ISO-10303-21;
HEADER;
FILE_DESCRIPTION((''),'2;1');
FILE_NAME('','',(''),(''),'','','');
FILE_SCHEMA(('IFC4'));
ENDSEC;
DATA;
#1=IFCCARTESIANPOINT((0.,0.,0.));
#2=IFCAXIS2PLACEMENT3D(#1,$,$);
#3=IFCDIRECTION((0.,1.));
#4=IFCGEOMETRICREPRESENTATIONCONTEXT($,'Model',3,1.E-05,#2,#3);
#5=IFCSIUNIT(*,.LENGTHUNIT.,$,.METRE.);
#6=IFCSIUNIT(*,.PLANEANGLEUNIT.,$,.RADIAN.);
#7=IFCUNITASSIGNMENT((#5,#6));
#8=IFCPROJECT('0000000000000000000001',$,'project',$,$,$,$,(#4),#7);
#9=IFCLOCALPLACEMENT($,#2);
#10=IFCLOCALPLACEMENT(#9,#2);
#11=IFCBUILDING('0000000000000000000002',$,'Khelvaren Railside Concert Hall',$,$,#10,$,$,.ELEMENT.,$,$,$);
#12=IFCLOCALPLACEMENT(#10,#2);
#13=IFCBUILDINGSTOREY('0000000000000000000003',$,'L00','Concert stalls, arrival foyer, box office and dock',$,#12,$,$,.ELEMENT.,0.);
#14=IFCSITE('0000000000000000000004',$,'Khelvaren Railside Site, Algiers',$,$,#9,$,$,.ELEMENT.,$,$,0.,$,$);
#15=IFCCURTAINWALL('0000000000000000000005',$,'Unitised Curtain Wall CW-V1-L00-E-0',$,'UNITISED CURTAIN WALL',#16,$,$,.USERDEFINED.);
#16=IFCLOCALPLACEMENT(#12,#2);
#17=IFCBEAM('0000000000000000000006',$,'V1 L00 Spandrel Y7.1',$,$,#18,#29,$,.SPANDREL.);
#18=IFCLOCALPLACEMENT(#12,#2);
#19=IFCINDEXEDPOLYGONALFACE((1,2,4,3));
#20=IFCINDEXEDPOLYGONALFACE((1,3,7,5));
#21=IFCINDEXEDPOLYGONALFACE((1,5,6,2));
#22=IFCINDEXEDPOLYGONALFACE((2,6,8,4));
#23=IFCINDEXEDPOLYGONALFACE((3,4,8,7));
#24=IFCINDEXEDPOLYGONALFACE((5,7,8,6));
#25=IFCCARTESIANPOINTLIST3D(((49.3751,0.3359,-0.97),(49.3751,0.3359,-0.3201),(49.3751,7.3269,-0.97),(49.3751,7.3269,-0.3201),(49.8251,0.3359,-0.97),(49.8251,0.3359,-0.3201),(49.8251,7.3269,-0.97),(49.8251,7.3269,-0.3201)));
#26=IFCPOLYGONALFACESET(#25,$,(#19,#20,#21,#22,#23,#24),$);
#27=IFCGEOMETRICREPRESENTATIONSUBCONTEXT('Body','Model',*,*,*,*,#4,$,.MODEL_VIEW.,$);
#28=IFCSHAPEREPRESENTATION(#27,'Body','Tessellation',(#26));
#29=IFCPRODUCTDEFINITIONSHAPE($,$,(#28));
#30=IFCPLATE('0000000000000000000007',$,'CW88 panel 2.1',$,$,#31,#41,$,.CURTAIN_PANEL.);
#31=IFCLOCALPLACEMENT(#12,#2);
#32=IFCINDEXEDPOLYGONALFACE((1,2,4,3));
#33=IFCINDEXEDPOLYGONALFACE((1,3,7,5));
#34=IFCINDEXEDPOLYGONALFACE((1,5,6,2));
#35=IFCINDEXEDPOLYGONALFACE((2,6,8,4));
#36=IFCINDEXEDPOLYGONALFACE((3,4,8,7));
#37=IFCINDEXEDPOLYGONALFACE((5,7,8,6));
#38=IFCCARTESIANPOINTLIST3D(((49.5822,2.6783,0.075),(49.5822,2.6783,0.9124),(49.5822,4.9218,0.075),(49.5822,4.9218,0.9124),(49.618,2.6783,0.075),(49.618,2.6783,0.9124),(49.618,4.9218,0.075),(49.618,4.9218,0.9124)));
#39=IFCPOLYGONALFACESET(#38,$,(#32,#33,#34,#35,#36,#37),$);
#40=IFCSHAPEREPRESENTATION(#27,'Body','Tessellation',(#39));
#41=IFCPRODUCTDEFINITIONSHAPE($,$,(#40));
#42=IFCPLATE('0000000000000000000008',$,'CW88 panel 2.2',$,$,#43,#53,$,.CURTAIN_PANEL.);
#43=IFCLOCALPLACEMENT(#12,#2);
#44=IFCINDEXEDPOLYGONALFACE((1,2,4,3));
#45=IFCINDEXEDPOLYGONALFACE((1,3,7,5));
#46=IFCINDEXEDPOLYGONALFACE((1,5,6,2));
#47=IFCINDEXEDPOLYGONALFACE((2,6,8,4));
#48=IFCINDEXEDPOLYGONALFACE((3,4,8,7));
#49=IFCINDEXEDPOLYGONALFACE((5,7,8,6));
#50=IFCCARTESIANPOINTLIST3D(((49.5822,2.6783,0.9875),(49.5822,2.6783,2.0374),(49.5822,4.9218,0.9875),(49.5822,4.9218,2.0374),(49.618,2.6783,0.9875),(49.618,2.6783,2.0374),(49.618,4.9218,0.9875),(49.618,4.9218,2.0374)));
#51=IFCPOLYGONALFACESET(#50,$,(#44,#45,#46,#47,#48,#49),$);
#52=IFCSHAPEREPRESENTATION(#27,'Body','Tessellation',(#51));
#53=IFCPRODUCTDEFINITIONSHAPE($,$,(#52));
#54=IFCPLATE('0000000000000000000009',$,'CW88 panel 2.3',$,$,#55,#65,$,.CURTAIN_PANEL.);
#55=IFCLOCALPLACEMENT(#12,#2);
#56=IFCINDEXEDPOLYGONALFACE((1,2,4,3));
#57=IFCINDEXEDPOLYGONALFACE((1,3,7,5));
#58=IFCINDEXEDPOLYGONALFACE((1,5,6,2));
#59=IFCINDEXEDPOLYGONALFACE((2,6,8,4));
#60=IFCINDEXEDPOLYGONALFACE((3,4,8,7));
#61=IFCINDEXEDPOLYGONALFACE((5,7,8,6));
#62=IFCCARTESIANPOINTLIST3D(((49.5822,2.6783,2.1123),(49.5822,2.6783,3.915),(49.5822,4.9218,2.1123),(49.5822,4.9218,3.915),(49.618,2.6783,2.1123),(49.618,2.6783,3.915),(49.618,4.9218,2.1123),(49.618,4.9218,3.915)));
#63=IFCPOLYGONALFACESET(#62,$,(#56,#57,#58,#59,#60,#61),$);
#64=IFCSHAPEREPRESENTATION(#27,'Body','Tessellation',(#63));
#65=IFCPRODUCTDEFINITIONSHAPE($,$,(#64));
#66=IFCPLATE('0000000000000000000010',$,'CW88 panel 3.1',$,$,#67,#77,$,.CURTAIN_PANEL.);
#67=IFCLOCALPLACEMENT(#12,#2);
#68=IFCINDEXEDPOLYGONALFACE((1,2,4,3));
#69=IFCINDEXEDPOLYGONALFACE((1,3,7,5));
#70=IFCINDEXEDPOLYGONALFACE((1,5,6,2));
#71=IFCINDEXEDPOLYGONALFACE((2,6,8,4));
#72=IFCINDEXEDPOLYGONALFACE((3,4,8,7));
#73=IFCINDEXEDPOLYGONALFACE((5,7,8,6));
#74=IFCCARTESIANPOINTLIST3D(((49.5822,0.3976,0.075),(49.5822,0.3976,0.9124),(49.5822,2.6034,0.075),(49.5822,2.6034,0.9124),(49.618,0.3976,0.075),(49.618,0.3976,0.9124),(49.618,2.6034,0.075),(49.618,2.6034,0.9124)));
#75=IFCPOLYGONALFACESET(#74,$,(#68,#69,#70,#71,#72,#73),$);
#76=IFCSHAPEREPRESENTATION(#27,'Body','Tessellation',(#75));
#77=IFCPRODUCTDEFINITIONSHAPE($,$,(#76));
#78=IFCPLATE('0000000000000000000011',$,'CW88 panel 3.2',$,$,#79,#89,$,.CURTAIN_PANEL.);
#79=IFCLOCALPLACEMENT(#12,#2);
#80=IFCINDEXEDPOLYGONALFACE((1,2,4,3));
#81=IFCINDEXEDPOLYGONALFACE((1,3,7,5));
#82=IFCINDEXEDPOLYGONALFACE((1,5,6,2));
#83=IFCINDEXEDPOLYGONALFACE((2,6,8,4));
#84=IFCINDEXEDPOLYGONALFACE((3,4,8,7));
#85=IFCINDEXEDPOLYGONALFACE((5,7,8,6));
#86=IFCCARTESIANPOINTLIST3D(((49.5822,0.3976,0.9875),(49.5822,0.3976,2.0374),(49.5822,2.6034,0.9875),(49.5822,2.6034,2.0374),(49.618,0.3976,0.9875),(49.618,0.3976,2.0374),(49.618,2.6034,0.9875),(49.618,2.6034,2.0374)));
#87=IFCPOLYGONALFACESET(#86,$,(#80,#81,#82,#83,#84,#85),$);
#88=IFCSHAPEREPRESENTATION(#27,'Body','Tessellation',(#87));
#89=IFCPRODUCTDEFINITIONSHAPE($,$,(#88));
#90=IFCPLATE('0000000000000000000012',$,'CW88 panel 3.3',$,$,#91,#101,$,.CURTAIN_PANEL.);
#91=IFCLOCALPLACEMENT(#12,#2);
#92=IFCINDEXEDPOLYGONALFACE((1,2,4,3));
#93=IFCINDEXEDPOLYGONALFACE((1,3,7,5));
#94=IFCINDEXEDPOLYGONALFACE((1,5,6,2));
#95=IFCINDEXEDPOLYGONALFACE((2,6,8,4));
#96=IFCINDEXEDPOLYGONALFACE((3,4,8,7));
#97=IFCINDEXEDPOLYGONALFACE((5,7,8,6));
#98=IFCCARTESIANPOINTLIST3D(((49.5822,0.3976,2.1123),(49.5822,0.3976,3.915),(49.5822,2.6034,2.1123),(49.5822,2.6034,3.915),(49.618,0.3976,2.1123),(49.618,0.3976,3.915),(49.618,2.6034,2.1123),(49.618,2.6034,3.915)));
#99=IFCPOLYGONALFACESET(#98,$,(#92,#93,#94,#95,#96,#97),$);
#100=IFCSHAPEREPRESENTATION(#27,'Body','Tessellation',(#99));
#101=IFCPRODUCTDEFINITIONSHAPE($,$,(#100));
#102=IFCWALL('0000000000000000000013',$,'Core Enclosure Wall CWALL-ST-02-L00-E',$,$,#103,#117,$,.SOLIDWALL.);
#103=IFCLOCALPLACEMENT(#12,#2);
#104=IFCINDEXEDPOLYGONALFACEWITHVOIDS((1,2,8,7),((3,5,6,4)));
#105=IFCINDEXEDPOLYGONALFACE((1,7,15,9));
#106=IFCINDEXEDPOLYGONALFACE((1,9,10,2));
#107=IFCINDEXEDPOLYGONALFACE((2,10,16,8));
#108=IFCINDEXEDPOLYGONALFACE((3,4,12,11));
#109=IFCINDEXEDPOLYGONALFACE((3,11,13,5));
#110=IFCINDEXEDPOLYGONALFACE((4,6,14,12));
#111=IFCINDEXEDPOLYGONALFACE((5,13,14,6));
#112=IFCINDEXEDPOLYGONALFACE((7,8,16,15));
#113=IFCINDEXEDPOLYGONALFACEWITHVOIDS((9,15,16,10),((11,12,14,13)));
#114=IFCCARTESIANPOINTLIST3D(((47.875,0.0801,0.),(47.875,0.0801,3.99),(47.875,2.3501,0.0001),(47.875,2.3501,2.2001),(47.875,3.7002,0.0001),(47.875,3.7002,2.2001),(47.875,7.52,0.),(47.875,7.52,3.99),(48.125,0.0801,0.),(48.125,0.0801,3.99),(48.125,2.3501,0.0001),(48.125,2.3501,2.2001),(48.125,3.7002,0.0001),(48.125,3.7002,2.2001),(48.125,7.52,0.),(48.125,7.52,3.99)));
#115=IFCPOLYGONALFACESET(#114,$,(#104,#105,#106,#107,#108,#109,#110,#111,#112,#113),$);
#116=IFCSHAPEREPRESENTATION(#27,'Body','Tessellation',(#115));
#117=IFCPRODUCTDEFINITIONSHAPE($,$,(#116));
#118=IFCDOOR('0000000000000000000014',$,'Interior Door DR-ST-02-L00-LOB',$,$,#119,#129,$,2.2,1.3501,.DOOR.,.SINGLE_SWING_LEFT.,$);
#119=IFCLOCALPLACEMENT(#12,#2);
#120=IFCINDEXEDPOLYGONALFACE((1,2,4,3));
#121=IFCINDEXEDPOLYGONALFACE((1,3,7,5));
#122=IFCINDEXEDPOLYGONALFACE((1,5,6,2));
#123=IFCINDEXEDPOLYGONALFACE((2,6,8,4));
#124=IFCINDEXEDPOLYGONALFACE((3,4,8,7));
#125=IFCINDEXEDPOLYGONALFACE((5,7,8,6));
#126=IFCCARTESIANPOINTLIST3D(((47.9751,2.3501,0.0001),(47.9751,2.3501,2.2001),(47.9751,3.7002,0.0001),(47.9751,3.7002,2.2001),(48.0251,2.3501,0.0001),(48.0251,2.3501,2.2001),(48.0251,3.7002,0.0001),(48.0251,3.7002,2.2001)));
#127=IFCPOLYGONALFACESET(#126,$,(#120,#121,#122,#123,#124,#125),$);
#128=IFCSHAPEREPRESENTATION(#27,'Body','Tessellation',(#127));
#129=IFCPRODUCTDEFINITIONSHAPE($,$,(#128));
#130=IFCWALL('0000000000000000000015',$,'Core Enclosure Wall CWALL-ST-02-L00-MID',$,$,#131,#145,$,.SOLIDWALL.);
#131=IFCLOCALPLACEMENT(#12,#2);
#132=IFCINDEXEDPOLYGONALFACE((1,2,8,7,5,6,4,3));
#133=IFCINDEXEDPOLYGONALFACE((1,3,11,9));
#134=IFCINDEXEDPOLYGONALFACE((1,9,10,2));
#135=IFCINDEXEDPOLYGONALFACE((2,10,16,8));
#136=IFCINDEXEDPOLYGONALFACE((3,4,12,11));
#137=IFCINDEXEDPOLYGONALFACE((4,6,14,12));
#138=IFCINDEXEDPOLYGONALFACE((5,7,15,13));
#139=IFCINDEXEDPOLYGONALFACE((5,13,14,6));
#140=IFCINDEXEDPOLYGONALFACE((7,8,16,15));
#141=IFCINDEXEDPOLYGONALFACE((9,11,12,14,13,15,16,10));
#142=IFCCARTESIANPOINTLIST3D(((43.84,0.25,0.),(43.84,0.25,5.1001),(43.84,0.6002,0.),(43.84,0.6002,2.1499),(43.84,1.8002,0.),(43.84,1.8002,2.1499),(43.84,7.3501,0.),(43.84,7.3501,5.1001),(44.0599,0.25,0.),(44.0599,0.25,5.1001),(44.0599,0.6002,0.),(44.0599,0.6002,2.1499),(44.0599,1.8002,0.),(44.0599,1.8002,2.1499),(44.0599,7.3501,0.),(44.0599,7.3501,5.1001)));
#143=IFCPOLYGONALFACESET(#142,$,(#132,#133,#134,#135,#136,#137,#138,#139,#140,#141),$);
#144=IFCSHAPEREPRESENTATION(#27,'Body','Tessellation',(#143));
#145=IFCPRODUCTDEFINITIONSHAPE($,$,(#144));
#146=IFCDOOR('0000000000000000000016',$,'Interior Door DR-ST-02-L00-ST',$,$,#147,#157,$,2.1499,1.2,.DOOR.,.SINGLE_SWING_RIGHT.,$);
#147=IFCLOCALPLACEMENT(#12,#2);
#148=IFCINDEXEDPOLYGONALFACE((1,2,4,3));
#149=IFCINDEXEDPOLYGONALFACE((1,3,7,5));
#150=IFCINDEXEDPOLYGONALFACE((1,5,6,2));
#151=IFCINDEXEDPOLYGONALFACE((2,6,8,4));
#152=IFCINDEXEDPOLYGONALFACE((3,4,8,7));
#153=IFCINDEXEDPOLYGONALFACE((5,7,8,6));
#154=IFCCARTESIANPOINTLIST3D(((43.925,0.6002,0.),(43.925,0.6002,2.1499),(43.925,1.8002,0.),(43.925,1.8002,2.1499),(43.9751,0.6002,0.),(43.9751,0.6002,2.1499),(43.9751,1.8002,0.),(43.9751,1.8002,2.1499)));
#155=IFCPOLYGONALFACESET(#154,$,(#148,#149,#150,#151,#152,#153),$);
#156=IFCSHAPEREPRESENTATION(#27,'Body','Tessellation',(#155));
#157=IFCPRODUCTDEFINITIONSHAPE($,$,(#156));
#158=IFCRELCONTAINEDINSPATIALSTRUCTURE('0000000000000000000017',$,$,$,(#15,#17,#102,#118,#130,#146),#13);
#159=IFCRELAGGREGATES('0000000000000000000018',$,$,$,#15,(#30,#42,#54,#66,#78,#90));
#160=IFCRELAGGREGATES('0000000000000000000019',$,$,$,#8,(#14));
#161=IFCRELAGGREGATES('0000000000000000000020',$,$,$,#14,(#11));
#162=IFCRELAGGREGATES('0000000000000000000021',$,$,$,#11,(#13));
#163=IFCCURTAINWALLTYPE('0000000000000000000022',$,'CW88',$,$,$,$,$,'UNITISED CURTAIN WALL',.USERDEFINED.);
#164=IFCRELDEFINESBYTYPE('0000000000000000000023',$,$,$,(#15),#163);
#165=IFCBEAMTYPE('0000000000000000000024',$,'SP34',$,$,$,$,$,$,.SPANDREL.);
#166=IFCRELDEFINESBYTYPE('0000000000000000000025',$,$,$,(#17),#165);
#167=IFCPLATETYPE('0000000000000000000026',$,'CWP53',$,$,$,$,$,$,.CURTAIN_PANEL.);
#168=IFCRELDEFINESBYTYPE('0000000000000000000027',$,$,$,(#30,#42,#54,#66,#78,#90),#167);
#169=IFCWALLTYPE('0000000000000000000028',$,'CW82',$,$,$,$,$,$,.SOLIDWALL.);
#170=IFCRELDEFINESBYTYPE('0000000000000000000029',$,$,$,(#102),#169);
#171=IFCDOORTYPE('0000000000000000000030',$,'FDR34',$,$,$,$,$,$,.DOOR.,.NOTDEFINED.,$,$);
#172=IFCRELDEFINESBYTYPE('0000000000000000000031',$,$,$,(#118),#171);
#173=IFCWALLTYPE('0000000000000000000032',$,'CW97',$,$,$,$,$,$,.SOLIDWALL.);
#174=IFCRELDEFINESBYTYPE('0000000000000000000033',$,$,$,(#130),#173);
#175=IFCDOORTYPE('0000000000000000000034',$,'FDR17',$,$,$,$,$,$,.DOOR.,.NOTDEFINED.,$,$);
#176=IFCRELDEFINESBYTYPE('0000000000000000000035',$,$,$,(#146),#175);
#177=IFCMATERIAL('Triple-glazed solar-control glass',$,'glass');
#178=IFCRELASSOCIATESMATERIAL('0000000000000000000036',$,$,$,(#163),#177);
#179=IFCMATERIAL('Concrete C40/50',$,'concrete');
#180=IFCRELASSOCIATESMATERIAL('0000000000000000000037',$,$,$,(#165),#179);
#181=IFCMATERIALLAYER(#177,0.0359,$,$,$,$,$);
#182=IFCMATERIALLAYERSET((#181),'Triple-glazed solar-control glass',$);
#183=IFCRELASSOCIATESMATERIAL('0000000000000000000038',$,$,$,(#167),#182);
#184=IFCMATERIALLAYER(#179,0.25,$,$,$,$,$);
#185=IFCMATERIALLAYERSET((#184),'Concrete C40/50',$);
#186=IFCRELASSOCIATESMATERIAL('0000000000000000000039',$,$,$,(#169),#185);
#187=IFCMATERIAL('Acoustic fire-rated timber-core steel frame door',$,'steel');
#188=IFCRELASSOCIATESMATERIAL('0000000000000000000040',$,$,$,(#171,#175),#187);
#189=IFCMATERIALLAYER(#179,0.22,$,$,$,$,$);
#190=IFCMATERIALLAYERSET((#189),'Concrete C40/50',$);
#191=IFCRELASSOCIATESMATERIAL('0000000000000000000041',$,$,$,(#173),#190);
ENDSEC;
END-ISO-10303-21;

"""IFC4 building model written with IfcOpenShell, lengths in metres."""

from ifc_helpers import new_model, si_unit, direction, frame, frame_2d, origin, origin_2d, place, context, subcontext, project, spatial, rectangle, extrude, material, layer, layer_set, material_profile, profile_set, type_object, element, fill, aggregate, save


model = new_model("IFC4")

# Units and contexts
model_context = context("Model", 3, precision=1e-05, world=origin(), true_north=direction((0.0, 1.0)))
body_context = subcontext(model_context, "Body", "Model", "MODEL_VIEW")
ifc_project = project(units=[si_unit("LENGTHUNIT", "METRE"), si_unit("PLANEANGLEUNIT", "RADIAN")], contexts=[model_context])

# Site, building, storey
site_placement = place(None, origin())
site = spatial("IfcSite", under=ifc_project, at=site_placement, Name="Khelvaren Railside Site, Algiers", CompositionType="ELEMENT", RefElevation=0.0)
building_placement = place(site_placement, origin())
building = spatial("IfcBuilding", under=site, at=building_placement, Name="Khelvaren Railside Concert Hall", CompositionType="ELEMENT")
storey_placement = place(building_placement, origin())
storey = spatial("IfcBuildingStorey", under=building, at=storey_placement, Name="L00", Description="Concert stalls, arrival foyer, box office and dock", CompositionType="ELEMENT", Elevation=0.0)

# Curtain wall
ifc_material_1 = material(Name="Triple-glazed solar-control glass", Category="glass")
curtain_wall_type = type_object("IfcCurtainWallType", Name="CW88", ElementType="UNITISED CURTAIN WALL", PredefinedType="USERDEFINED", material=ifc_material_1)
curtain_wall_placement = place(storey_placement, origin())
curtain_wall = element("IfcCurtainWall", 1, at=curtain_wall_placement, inside=storey, type_object=curtain_wall_type, Name="Unitised Curtain Wall CW-V1-L00-E-0", ObjectType="UNITISED CURTAIN WALL", PredefinedType="USERDEFINED")

# Beam
ifc_material_2 = material(Name="Concrete C40/50", Category="concrete")
ifc_material_profile_1 = material_profile(ifc_material_2, rectangle(XDim=0.45, YDim=0.6499, at=origin_2d()), Name="RCB 450x650")
ifc_profile_set_1 = profile_set([ifc_material_profile_1], Name="Concrete C40/50")
beam_type_1 = type_object("IfcBeamType", Name="SP34", PredefinedType="SPANDREL", material=ifc_profile_set_1)
beam_1_placement = place(storey_placement, frame((49.6001, 0.3359, -0.645), z_axis=(0.0, 1.0, 0.0), x_axis=(-1.0, 0.0, 0.0)))
element("IfcBeam", 2, at=beam_1_placement, inside=storey, type_object=beam_type_1, Name="V1 L00 Spandrel Y7.1", PredefinedType="SPANDREL", context=body_context, shape_type="SweptSolid", body=[
    extrude(rectangle(XDim=0.45, YDim=0.6499, at=origin_2d()), origin(), (0.0, 0.0, 1.0), 6.991),
])

# Plates
ifc_layer_1 = layer(ifc_material_1, 0.0359)
ifc_layer_set_1 = layer_set([ifc_layer_1], Name="Triple-glazed solar-control glass")
plate_type = type_object("IfcPlateType", Name="CWP53", PredefinedType="CURTAIN_PANEL", material=ifc_layer_set_1)
plate_1_placement = place(storey_placement, frame((49.6001, 3.8, 0.075), z_axis=(0.0, 0.0, 1.0), x_axis=(0.0, -1.0, 0.0)))
plate_1 = element("IfcPlate", 3, at=plate_1_placement, type_object=plate_type, Name="CW88 panel 2.1", PredefinedType="CURTAIN_PANEL", context=body_context, shape_type="SweptSolid", body=[
    extrude(rectangle(XDim=2.2434, YDim=0.0359, at=origin_2d()), origin(), (0.0, 0.0, 1.0), 0.8374),
])
plate_2_placement = place(storey_placement, frame((49.6001, 3.8, 0.9875), z_axis=(0.0, 0.0, 1.0), x_axis=(0.0, -1.0, 0.0)))
plate_2 = element("IfcPlate", 4, at=plate_2_placement, type_object=plate_type, Name="CW88 panel 2.2", PredefinedType="CURTAIN_PANEL", context=body_context, shape_type="SweptSolid", body=[
    extrude(rectangle(XDim=2.2434, YDim=0.0359, at=origin_2d()), origin(), (0.0, 0.0, 1.0), 1.0498),
])
plate_3_placement = place(storey_placement, frame((49.6001, 3.8, 2.1123), z_axis=(0.0, 0.0, 1.0), x_axis=(0.0, -1.0, 0.0)))
plate_3 = element("IfcPlate", 5, at=plate_3_placement, type_object=plate_type, Name="CW88 panel 2.3", PredefinedType="CURTAIN_PANEL", context=body_context, shape_type="SweptSolid", body=[
    extrude(rectangle(XDim=2.2434, YDim=0.0359, at=origin_2d()), origin(), (0.0, 0.0, 1.0), 1.8027),
])
plate_4_placement = place(storey_placement, frame((49.6001, 1.5005, 0.075), z_axis=(0.0, 0.0, 1.0), x_axis=(0.0, -1.0, 0.0)))
plate_4 = element("IfcPlate", 6, at=plate_4_placement, type_object=plate_type, Name="CW88 panel 3.1", PredefinedType="CURTAIN_PANEL", context=body_context, shape_type="SweptSolid", body=[
    extrude(rectangle(XDim=2.2058, YDim=0.0359, at=origin_2d()), origin(), (0.0, 0.0, 1.0), 0.8374),
])
plate_5_placement = place(storey_placement, frame((49.6001, 1.5005, 0.9875), z_axis=(0.0, 0.0, 1.0), x_axis=(0.0, -1.0, 0.0)))
plate_5 = element("IfcPlate", 7, at=plate_5_placement, type_object=plate_type, Name="CW88 panel 3.2", PredefinedType="CURTAIN_PANEL", context=body_context, shape_type="SweptSolid", body=[
    extrude(rectangle(XDim=2.2058, YDim=0.0359, at=origin_2d()), origin(), (0.0, 0.0, 1.0), 1.0498),
])
plate_6_placement = place(storey_placement, frame((49.6001, 1.5005, 2.1123), z_axis=(0.0, 0.0, 1.0), x_axis=(0.0, -1.0, 0.0)))
plate_6 = element("IfcPlate", 8, at=plate_6_placement, type_object=plate_type, Name="CW88 panel 3.3", PredefinedType="CURTAIN_PANEL", context=body_context, shape_type="SweptSolid", body=[
    extrude(rectangle(XDim=2.2058, YDim=0.0359, at=origin_2d()), origin(), (0.0, 0.0, 1.0), 1.8027),
])
aggregate(curtain_wall, [plate_1, plate_2, plate_3, plate_4, plate_5, plate_6])

# Walls, openings, doors
ifc_layer_2 = layer(ifc_material_2, 0.25)
ifc_layer_set_2 = layer_set([ifc_layer_2], Name="Concrete C40/50")
wall_type_1 = type_object("IfcWallType", Name="CW82", PredefinedType="SOLIDWALL", material=ifc_layer_set_2)
wall_1_placement = place(storey_placement, frame((48.0, 0.0801, 0.0), z_axis=(0.0, 0.0, 1.0), x_axis=(0.0, 1.0, 0.0)))
wall_1 = element("IfcWall", 9, at=wall_1_placement, inside=storey, type_object=wall_type_1, Name="Core Enclosure Wall CWALL-ST-02-L00-E", PredefinedType="SOLIDWALL", context=body_context, shape_type="SweptSolid", body=[
    extrude(rectangle(XDim=7.4399, YDim=0.25, at=frame_2d((3.72, 0.0))), origin(), (0.0, 0.0, 1.0), 3.99),
])
opening_1_placement = place(wall_1_placement, frame((2.27, 0.0, 0.0)))
opening_1 = element("IfcOpeningElement", 10, at=opening_1_placement, cuts=wall_1, PredefinedType="OPENING", context=body_context, shape_type="SweptSolid", body=[
    extrude(rectangle(XDim=1.3501, YDim=2.2, at=frame_2d((0.675, 1.1001))), frame((0.0, 0.135, 0.0), z_axis=(0.0, -1.0, 0.0), x_axis=(1.0, 0.0, 0.0)), (0.0, 0.0, 1.0), 0.27),
])
ifc_material_3 = material(Name="Acoustic fire-rated timber-core steel frame door", Category="steel")
door_type_1 = type_object("IfcDoorType", Name="FDR34", OperationType="NOTDEFINED", PredefinedType="DOOR", material=ifc_material_3)
door_1_placement = place(opening_1_placement, origin())
door_1 = element("IfcDoor", 11, at=door_1_placement, inside=storey, type_object=door_type_1, Name="Interior Door DR-ST-02-L00-LOB", OperationType="SINGLE_SWING_LEFT", OverallHeight=2.2, OverallWidth=1.3501, PredefinedType="DOOR", context=body_context, shape_type="SweptSolid", body=[
    extrude(rectangle(XDim=1.3501, YDim=2.2, at=frame_2d((0.675, 1.1001))), frame((0.0, 0.0249, 0.0), z_axis=(0.0, -1.0, 0.0), x_axis=(1.0, 0.0, 0.0)), (0.0, 0.0, 1.0), 0.05),
])
fill(opening_1, door_1)
ifc_layer_3 = layer(ifc_material_2, 0.22)
ifc_layer_set_3 = layer_set([ifc_layer_3], Name="Concrete C40/50")
wall_type_2 = type_object("IfcWallType", Name="CW97", PredefinedType="SOLIDWALL", material=ifc_layer_set_3)
wall_2_placement = place(storey_placement, frame((43.95, 0.25, 0.0), z_axis=(0.0, 0.0, 1.0), x_axis=(0.0, 1.0, 0.0)))
wall_2 = element("IfcWall", 12, at=wall_2_placement, inside=storey, type_object=wall_type_2, Name="Core Enclosure Wall CWALL-ST-02-L00-MID", PredefinedType="SOLIDWALL", context=body_context, shape_type="SweptSolid", body=[
    extrude(rectangle(XDim=7.1001, YDim=0.22, at=frame_2d((3.55, 0.0))), origin(), (0.0, 0.0, 1.0), 5.1001),
])
opening_2_placement = place(wall_2_placement, frame((0.3501, 0.0, 0.0)))
opening_2 = element("IfcOpeningElement", 13, at=opening_2_placement, cuts=wall_2, PredefinedType="OPENING", context=body_context, shape_type="SweptSolid", body=[
    extrude(rectangle(XDim=1.2, YDim=2.1499, at=frame_2d((0.6001, 1.075))), frame((0.0, 0.1199, 0.0), z_axis=(0.0, -1.0, 0.0), x_axis=(1.0, 0.0, 0.0)), (0.0, 0.0, 1.0), 0.24),
])
door_type_2 = type_object("IfcDoorType", Name="FDR17", OperationType="NOTDEFINED", PredefinedType="DOOR", material=ifc_material_3)
door_2_placement = place(opening_2_placement, origin())
door_2 = element("IfcDoor", 14, at=door_2_placement, inside=storey, type_object=door_type_2, Name="Interior Door DR-ST-02-L00-ST", OperationType="SINGLE_SWING_RIGHT", OverallHeight=2.1499, OverallWidth=1.2, PredefinedType="DOOR", context=body_context, shape_type="SweptSolid", body=[
    extrude(rectangle(XDim=1.2, YDim=2.1499, at=frame_2d((0.6001, 1.075))), frame((0.0, 0.0249, 0.0), z_axis=(0.0, -1.0, 0.0), x_axis=(1.0, 0.0, 0.0)), (0.0, 0.0, 1.0), 0.05),
])
fill(opening_2, door_2)

save(model, "model.ifc")
